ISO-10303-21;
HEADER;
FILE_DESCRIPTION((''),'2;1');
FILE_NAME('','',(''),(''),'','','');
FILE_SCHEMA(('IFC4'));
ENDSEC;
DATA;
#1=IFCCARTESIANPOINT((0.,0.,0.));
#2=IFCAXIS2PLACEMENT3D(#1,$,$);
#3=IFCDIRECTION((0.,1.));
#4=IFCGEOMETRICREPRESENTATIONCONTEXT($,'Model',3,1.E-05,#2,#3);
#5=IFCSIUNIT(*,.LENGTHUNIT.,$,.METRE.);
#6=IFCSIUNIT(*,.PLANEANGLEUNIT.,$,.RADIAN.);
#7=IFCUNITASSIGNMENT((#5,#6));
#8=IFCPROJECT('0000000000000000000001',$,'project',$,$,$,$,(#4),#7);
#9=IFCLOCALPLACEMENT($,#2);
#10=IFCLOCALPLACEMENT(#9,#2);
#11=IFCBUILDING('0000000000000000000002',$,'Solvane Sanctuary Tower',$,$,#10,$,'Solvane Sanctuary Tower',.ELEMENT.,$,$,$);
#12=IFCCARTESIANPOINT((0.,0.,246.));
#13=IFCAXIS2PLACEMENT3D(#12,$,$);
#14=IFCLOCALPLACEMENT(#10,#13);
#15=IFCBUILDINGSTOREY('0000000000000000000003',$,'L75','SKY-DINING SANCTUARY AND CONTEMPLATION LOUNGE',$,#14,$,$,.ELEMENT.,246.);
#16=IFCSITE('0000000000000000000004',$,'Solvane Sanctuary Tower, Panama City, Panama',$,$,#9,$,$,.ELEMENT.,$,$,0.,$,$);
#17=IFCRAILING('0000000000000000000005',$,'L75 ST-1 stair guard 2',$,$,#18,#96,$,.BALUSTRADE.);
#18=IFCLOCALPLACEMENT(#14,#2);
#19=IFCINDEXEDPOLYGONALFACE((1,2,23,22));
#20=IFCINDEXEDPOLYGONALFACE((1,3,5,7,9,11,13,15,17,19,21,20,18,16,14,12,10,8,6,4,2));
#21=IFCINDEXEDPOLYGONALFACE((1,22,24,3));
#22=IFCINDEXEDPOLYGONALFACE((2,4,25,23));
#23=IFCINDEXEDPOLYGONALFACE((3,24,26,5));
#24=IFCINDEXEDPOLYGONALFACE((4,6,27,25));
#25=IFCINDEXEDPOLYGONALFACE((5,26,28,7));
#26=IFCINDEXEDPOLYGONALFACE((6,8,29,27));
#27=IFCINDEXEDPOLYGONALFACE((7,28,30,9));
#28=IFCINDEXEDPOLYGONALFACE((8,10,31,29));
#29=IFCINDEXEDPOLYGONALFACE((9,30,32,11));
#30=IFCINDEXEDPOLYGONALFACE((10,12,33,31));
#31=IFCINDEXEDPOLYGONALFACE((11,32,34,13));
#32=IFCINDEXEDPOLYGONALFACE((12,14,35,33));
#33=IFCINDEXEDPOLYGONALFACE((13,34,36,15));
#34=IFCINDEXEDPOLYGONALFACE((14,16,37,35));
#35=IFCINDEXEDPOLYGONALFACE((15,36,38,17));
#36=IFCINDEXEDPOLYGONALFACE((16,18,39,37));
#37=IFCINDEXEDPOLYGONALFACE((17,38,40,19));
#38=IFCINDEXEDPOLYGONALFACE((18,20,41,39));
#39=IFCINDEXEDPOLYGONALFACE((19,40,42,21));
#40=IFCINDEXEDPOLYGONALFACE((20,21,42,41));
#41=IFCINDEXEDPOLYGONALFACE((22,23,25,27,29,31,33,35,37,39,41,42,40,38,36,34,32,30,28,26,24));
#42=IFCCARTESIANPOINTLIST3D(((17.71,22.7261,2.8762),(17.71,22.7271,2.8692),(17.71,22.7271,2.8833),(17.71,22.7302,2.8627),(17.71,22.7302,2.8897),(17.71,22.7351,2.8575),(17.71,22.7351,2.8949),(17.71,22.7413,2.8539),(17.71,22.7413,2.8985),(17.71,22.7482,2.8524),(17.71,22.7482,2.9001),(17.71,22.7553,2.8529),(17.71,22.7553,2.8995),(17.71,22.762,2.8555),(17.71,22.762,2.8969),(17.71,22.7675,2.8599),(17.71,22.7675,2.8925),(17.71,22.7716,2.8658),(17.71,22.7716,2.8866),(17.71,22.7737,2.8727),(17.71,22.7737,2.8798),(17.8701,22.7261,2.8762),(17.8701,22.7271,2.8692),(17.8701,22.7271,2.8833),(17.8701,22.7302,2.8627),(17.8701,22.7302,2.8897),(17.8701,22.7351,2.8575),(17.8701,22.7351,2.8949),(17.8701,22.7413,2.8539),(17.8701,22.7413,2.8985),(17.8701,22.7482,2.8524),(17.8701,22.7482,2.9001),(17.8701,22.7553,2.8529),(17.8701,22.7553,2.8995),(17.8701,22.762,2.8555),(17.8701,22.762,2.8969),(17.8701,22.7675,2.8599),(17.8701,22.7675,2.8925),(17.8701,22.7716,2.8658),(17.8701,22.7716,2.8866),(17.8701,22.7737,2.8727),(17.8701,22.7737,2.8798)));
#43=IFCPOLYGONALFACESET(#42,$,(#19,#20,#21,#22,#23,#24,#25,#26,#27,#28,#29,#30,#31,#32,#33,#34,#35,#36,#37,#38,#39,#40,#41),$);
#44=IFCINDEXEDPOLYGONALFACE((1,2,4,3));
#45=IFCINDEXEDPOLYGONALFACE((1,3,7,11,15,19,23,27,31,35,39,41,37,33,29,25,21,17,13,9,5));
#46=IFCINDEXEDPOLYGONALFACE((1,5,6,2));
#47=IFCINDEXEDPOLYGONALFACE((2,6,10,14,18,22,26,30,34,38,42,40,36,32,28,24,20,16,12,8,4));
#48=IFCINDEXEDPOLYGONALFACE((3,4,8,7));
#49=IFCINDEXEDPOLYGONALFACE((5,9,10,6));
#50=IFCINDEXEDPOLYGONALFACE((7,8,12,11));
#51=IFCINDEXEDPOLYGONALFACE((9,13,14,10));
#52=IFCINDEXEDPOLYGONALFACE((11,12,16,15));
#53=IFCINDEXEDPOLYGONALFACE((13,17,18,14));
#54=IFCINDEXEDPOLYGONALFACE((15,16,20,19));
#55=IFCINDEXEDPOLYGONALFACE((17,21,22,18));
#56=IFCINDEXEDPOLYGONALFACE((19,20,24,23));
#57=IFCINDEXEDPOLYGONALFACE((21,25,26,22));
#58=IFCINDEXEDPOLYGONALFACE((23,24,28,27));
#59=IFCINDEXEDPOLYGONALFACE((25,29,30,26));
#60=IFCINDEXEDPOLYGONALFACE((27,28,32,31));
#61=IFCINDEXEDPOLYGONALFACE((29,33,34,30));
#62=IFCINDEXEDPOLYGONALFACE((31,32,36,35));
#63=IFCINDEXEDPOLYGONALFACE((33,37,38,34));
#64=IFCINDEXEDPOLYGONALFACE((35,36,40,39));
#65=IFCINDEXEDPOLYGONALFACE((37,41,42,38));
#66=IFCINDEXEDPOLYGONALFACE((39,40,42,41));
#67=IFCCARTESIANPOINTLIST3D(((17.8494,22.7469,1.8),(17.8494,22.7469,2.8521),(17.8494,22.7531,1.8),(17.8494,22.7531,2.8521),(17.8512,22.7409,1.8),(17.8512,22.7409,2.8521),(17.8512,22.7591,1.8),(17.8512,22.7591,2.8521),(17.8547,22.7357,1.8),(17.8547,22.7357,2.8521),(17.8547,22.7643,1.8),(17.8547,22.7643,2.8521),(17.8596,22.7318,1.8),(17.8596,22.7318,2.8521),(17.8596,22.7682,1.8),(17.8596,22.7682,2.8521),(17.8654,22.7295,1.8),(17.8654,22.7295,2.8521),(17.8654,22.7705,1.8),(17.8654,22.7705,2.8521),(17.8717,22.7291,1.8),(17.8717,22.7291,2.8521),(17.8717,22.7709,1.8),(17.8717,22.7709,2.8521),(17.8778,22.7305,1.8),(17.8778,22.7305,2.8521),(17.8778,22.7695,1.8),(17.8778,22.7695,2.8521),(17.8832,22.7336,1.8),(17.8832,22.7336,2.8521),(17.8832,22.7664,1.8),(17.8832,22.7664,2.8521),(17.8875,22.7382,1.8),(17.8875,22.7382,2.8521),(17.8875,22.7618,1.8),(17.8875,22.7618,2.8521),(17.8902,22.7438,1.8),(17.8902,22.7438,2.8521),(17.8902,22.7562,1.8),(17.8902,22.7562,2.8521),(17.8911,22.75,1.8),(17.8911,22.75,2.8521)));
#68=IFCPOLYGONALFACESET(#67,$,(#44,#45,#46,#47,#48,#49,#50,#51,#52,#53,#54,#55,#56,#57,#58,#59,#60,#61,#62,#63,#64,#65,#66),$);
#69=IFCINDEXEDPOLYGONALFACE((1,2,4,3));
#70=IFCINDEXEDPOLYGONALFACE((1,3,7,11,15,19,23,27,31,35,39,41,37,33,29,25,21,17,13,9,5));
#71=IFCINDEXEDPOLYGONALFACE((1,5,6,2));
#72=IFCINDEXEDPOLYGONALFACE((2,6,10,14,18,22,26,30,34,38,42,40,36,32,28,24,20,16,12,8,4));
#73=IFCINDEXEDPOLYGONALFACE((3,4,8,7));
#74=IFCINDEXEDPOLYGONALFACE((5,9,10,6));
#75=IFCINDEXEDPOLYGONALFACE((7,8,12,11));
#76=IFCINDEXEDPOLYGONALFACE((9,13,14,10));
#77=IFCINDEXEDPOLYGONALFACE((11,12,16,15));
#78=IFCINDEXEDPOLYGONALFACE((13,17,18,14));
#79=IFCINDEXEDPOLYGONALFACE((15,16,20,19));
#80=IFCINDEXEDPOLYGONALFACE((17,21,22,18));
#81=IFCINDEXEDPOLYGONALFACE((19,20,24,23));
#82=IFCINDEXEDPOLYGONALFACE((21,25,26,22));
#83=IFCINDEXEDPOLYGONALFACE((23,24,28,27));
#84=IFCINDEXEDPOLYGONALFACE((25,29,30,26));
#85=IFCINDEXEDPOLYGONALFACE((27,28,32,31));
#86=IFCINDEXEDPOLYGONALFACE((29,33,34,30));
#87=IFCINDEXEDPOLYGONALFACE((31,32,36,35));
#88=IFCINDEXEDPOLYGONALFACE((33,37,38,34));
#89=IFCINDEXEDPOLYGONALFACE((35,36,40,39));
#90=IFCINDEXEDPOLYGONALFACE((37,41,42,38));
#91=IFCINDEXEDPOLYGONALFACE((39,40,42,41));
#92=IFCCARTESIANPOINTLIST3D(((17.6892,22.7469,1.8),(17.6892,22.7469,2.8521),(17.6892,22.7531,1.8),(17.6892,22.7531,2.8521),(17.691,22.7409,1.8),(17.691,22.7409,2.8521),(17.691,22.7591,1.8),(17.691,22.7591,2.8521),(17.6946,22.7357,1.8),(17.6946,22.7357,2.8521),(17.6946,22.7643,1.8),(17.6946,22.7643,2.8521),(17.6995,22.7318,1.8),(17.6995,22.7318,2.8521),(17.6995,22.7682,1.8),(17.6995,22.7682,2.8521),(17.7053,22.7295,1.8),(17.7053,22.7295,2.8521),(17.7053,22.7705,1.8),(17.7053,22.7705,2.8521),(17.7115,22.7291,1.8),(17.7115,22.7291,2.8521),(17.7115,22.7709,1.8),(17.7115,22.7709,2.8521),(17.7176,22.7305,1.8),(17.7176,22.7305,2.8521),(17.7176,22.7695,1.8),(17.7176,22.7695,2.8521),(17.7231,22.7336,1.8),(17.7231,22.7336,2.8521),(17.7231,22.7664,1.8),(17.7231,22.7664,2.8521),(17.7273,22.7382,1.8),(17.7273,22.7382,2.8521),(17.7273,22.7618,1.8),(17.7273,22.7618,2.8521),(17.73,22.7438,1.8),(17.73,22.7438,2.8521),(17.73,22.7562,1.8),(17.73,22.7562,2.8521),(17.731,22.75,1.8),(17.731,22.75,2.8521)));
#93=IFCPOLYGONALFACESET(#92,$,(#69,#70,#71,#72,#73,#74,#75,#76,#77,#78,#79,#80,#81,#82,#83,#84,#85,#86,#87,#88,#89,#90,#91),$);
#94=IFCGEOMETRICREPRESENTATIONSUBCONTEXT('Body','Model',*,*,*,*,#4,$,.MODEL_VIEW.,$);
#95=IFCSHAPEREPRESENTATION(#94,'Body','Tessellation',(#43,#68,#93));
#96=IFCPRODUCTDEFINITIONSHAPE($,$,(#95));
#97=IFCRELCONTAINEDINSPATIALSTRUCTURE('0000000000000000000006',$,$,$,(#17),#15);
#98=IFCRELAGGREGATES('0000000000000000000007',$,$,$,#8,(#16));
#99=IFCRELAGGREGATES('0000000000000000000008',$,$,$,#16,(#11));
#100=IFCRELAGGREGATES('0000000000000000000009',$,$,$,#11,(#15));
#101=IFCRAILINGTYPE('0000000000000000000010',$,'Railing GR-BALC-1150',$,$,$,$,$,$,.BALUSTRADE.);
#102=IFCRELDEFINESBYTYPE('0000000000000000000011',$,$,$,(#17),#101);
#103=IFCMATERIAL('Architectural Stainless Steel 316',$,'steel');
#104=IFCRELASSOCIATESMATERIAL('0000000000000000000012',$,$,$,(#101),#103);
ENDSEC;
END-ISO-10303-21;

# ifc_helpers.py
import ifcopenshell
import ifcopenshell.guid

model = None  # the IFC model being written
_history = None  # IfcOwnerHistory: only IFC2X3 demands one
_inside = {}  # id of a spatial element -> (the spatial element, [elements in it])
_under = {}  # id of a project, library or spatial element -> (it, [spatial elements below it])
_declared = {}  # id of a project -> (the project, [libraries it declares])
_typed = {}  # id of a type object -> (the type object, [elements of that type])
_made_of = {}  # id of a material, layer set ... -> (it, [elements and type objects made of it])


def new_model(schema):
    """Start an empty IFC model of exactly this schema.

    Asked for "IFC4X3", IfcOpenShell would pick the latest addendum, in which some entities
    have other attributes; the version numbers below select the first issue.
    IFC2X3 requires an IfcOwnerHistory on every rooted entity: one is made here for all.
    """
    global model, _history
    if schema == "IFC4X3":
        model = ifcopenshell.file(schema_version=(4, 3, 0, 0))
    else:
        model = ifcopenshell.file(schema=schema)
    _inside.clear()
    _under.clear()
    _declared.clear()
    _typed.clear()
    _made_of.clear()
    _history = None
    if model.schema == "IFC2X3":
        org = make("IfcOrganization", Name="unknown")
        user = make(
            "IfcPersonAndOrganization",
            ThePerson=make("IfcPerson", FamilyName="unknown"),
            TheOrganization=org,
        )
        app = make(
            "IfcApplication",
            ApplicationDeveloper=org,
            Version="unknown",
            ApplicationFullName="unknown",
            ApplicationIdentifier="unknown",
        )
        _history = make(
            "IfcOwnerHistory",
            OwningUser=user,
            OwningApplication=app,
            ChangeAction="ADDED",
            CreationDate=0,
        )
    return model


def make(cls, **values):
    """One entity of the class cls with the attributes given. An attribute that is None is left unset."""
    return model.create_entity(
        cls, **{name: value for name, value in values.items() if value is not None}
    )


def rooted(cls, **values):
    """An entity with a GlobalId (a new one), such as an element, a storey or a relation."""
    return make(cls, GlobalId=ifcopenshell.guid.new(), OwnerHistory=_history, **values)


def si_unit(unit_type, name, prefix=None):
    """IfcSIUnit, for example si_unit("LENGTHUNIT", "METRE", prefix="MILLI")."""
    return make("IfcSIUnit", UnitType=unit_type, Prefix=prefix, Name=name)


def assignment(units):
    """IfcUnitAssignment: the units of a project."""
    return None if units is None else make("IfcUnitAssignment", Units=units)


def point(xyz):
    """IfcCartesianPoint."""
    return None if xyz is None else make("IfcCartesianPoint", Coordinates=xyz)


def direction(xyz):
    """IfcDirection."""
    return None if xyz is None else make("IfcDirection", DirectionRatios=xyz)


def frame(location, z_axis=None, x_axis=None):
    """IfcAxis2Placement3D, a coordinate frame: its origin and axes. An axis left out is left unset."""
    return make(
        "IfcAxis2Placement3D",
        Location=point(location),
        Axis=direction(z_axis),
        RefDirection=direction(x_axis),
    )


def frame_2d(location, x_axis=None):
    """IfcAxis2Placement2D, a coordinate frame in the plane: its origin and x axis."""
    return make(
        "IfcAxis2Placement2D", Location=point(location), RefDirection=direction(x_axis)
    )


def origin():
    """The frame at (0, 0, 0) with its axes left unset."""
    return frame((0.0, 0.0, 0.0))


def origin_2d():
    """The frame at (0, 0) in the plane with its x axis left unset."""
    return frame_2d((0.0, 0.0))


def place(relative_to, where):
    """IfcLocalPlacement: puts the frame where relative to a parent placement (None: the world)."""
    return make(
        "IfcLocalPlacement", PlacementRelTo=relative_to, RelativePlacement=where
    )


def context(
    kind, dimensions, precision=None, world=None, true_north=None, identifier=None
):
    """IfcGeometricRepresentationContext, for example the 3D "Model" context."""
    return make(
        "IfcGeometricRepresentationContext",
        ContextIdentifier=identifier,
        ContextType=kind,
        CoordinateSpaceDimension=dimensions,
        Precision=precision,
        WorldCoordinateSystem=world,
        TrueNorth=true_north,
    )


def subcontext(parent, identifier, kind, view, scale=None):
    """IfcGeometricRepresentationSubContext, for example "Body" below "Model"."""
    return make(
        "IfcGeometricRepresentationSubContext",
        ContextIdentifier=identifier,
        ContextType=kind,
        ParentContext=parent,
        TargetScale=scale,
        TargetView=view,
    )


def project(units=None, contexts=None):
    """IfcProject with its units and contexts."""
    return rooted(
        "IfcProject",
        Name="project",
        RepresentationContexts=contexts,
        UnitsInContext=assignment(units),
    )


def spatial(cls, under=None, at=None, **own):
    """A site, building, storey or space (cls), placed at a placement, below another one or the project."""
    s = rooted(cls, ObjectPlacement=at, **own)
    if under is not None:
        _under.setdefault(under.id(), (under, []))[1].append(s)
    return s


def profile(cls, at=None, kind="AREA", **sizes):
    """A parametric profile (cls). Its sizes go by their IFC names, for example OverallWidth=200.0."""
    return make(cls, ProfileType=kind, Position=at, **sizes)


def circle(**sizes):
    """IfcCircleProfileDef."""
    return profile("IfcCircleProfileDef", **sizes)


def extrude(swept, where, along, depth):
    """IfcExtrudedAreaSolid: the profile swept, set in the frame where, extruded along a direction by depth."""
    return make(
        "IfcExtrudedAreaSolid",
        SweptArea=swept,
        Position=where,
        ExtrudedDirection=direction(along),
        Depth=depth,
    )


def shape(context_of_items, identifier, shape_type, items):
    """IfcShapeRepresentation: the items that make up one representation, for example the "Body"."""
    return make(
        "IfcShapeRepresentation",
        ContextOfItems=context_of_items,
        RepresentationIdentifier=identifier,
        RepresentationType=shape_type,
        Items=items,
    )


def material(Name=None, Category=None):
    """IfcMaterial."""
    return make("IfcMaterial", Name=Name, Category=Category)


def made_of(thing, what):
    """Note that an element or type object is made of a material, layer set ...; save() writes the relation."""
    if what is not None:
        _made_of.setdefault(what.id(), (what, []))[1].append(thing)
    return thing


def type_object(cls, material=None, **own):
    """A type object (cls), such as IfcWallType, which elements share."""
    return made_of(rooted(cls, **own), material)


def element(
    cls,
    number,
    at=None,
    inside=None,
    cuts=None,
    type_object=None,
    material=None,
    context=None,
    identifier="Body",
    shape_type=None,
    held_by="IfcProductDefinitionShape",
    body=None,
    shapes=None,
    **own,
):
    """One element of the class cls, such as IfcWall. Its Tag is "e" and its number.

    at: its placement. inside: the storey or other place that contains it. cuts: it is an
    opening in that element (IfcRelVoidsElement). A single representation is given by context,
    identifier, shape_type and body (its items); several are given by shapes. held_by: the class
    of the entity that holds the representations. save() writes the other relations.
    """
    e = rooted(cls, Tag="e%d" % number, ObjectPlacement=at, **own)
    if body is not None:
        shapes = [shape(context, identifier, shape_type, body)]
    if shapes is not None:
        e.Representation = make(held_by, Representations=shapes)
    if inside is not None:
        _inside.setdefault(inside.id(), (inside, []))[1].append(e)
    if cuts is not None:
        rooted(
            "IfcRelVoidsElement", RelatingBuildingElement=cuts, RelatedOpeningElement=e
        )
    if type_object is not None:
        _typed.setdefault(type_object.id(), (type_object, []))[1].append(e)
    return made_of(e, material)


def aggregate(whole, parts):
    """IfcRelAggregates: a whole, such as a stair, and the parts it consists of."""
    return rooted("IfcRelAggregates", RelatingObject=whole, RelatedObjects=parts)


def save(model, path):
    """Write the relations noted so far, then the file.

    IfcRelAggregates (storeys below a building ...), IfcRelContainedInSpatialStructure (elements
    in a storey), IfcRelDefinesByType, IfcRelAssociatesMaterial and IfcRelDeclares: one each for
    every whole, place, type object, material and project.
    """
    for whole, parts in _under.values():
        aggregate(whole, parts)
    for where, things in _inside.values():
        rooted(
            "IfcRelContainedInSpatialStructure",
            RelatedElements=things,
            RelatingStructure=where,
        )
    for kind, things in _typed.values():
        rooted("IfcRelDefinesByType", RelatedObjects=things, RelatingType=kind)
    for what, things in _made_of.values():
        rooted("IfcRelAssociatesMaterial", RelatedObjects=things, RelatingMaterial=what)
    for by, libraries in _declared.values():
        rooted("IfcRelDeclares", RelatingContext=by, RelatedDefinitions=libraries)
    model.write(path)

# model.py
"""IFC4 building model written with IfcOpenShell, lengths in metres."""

from ifc_helpers import new_model, si_unit, direction, frame, origin, origin_2d, place, context, subcontext, project, spatial, circle, extrude, material, type_object, element, save


model = new_model("IFC4")

# Units and contexts
model_context = context("Model", 3, precision=1e-05, world=origin(), true_north=direction((0.0, 1.0)))
body_context = subcontext(model_context, "Body", "Model", "MODEL_VIEW")
ifc_project = project(units=[si_unit("LENGTHUNIT", "METRE"), si_unit("PLANEANGLEUNIT", "RADIAN")], contexts=[model_context])

# Site, building, storey
site_placement = place(None, origin())
site = spatial("IfcSite", under=ifc_project, at=site_placement, Name="Solvane Sanctuary Tower, Panama City, Panama", CompositionType="ELEMENT", RefElevation=0.0)
building_placement = place(site_placement, origin())
building = spatial("IfcBuilding", under=site, at=building_placement, Name="Solvane Sanctuary Tower", LongName="Solvane Sanctuary Tower", CompositionType="ELEMENT")
storey_placement = place(building_placement, frame((0.0, 0.0, 246.0)))
storey = spatial("IfcBuildingStorey", under=building, at=storey_placement, Name="L75", Description="SKY-DINING SANCTUARY AND CONTEMPLATION LOUNGE", CompositionType="ELEMENT", Elevation=246.0)

# Shared definitions
ifc_material_1 = material(Name="Architectural Stainless Steel 316", Category="steel")

# Railing
railing_type_1 = type_object("IfcRailingType", Name="Railing GR-BALC-1150", PredefinedType="BALUSTRADE", material=ifc_material_1)
railing_1_placement = place(storey_placement, frame((17.8701, 22.75, 1.8)))
element("IfcRailing", 1, at=railing_1_placement, inside=storey, type_object=railing_type_1, Name="L75 ST-1 stair guard 2", PredefinedType="BALUSTRADE", context=body_context, shape_type="SweptSolid", body=[
    extrude(circle(Radius=0.0239, at=origin_2d()), frame((0.0, 0.0, 1.0762), z_axis=(-1.0, 0.0, 0.0), x_axis=(0.0, -1.0, 0.0)), (0.0, 0.0, 1.0), 0.1602),
    extrude(circle(Radius=0.021, at=origin_2d()), origin(), (0.0, 0.0, 1.0), 1.052),
    extrude(circle(Radius=0.021, at=origin_2d()), frame((-0.1602, 0.0, 0.0)), (0.0, 0.0, 1.0), 1.052),
])

save(model, "model.ifc")
